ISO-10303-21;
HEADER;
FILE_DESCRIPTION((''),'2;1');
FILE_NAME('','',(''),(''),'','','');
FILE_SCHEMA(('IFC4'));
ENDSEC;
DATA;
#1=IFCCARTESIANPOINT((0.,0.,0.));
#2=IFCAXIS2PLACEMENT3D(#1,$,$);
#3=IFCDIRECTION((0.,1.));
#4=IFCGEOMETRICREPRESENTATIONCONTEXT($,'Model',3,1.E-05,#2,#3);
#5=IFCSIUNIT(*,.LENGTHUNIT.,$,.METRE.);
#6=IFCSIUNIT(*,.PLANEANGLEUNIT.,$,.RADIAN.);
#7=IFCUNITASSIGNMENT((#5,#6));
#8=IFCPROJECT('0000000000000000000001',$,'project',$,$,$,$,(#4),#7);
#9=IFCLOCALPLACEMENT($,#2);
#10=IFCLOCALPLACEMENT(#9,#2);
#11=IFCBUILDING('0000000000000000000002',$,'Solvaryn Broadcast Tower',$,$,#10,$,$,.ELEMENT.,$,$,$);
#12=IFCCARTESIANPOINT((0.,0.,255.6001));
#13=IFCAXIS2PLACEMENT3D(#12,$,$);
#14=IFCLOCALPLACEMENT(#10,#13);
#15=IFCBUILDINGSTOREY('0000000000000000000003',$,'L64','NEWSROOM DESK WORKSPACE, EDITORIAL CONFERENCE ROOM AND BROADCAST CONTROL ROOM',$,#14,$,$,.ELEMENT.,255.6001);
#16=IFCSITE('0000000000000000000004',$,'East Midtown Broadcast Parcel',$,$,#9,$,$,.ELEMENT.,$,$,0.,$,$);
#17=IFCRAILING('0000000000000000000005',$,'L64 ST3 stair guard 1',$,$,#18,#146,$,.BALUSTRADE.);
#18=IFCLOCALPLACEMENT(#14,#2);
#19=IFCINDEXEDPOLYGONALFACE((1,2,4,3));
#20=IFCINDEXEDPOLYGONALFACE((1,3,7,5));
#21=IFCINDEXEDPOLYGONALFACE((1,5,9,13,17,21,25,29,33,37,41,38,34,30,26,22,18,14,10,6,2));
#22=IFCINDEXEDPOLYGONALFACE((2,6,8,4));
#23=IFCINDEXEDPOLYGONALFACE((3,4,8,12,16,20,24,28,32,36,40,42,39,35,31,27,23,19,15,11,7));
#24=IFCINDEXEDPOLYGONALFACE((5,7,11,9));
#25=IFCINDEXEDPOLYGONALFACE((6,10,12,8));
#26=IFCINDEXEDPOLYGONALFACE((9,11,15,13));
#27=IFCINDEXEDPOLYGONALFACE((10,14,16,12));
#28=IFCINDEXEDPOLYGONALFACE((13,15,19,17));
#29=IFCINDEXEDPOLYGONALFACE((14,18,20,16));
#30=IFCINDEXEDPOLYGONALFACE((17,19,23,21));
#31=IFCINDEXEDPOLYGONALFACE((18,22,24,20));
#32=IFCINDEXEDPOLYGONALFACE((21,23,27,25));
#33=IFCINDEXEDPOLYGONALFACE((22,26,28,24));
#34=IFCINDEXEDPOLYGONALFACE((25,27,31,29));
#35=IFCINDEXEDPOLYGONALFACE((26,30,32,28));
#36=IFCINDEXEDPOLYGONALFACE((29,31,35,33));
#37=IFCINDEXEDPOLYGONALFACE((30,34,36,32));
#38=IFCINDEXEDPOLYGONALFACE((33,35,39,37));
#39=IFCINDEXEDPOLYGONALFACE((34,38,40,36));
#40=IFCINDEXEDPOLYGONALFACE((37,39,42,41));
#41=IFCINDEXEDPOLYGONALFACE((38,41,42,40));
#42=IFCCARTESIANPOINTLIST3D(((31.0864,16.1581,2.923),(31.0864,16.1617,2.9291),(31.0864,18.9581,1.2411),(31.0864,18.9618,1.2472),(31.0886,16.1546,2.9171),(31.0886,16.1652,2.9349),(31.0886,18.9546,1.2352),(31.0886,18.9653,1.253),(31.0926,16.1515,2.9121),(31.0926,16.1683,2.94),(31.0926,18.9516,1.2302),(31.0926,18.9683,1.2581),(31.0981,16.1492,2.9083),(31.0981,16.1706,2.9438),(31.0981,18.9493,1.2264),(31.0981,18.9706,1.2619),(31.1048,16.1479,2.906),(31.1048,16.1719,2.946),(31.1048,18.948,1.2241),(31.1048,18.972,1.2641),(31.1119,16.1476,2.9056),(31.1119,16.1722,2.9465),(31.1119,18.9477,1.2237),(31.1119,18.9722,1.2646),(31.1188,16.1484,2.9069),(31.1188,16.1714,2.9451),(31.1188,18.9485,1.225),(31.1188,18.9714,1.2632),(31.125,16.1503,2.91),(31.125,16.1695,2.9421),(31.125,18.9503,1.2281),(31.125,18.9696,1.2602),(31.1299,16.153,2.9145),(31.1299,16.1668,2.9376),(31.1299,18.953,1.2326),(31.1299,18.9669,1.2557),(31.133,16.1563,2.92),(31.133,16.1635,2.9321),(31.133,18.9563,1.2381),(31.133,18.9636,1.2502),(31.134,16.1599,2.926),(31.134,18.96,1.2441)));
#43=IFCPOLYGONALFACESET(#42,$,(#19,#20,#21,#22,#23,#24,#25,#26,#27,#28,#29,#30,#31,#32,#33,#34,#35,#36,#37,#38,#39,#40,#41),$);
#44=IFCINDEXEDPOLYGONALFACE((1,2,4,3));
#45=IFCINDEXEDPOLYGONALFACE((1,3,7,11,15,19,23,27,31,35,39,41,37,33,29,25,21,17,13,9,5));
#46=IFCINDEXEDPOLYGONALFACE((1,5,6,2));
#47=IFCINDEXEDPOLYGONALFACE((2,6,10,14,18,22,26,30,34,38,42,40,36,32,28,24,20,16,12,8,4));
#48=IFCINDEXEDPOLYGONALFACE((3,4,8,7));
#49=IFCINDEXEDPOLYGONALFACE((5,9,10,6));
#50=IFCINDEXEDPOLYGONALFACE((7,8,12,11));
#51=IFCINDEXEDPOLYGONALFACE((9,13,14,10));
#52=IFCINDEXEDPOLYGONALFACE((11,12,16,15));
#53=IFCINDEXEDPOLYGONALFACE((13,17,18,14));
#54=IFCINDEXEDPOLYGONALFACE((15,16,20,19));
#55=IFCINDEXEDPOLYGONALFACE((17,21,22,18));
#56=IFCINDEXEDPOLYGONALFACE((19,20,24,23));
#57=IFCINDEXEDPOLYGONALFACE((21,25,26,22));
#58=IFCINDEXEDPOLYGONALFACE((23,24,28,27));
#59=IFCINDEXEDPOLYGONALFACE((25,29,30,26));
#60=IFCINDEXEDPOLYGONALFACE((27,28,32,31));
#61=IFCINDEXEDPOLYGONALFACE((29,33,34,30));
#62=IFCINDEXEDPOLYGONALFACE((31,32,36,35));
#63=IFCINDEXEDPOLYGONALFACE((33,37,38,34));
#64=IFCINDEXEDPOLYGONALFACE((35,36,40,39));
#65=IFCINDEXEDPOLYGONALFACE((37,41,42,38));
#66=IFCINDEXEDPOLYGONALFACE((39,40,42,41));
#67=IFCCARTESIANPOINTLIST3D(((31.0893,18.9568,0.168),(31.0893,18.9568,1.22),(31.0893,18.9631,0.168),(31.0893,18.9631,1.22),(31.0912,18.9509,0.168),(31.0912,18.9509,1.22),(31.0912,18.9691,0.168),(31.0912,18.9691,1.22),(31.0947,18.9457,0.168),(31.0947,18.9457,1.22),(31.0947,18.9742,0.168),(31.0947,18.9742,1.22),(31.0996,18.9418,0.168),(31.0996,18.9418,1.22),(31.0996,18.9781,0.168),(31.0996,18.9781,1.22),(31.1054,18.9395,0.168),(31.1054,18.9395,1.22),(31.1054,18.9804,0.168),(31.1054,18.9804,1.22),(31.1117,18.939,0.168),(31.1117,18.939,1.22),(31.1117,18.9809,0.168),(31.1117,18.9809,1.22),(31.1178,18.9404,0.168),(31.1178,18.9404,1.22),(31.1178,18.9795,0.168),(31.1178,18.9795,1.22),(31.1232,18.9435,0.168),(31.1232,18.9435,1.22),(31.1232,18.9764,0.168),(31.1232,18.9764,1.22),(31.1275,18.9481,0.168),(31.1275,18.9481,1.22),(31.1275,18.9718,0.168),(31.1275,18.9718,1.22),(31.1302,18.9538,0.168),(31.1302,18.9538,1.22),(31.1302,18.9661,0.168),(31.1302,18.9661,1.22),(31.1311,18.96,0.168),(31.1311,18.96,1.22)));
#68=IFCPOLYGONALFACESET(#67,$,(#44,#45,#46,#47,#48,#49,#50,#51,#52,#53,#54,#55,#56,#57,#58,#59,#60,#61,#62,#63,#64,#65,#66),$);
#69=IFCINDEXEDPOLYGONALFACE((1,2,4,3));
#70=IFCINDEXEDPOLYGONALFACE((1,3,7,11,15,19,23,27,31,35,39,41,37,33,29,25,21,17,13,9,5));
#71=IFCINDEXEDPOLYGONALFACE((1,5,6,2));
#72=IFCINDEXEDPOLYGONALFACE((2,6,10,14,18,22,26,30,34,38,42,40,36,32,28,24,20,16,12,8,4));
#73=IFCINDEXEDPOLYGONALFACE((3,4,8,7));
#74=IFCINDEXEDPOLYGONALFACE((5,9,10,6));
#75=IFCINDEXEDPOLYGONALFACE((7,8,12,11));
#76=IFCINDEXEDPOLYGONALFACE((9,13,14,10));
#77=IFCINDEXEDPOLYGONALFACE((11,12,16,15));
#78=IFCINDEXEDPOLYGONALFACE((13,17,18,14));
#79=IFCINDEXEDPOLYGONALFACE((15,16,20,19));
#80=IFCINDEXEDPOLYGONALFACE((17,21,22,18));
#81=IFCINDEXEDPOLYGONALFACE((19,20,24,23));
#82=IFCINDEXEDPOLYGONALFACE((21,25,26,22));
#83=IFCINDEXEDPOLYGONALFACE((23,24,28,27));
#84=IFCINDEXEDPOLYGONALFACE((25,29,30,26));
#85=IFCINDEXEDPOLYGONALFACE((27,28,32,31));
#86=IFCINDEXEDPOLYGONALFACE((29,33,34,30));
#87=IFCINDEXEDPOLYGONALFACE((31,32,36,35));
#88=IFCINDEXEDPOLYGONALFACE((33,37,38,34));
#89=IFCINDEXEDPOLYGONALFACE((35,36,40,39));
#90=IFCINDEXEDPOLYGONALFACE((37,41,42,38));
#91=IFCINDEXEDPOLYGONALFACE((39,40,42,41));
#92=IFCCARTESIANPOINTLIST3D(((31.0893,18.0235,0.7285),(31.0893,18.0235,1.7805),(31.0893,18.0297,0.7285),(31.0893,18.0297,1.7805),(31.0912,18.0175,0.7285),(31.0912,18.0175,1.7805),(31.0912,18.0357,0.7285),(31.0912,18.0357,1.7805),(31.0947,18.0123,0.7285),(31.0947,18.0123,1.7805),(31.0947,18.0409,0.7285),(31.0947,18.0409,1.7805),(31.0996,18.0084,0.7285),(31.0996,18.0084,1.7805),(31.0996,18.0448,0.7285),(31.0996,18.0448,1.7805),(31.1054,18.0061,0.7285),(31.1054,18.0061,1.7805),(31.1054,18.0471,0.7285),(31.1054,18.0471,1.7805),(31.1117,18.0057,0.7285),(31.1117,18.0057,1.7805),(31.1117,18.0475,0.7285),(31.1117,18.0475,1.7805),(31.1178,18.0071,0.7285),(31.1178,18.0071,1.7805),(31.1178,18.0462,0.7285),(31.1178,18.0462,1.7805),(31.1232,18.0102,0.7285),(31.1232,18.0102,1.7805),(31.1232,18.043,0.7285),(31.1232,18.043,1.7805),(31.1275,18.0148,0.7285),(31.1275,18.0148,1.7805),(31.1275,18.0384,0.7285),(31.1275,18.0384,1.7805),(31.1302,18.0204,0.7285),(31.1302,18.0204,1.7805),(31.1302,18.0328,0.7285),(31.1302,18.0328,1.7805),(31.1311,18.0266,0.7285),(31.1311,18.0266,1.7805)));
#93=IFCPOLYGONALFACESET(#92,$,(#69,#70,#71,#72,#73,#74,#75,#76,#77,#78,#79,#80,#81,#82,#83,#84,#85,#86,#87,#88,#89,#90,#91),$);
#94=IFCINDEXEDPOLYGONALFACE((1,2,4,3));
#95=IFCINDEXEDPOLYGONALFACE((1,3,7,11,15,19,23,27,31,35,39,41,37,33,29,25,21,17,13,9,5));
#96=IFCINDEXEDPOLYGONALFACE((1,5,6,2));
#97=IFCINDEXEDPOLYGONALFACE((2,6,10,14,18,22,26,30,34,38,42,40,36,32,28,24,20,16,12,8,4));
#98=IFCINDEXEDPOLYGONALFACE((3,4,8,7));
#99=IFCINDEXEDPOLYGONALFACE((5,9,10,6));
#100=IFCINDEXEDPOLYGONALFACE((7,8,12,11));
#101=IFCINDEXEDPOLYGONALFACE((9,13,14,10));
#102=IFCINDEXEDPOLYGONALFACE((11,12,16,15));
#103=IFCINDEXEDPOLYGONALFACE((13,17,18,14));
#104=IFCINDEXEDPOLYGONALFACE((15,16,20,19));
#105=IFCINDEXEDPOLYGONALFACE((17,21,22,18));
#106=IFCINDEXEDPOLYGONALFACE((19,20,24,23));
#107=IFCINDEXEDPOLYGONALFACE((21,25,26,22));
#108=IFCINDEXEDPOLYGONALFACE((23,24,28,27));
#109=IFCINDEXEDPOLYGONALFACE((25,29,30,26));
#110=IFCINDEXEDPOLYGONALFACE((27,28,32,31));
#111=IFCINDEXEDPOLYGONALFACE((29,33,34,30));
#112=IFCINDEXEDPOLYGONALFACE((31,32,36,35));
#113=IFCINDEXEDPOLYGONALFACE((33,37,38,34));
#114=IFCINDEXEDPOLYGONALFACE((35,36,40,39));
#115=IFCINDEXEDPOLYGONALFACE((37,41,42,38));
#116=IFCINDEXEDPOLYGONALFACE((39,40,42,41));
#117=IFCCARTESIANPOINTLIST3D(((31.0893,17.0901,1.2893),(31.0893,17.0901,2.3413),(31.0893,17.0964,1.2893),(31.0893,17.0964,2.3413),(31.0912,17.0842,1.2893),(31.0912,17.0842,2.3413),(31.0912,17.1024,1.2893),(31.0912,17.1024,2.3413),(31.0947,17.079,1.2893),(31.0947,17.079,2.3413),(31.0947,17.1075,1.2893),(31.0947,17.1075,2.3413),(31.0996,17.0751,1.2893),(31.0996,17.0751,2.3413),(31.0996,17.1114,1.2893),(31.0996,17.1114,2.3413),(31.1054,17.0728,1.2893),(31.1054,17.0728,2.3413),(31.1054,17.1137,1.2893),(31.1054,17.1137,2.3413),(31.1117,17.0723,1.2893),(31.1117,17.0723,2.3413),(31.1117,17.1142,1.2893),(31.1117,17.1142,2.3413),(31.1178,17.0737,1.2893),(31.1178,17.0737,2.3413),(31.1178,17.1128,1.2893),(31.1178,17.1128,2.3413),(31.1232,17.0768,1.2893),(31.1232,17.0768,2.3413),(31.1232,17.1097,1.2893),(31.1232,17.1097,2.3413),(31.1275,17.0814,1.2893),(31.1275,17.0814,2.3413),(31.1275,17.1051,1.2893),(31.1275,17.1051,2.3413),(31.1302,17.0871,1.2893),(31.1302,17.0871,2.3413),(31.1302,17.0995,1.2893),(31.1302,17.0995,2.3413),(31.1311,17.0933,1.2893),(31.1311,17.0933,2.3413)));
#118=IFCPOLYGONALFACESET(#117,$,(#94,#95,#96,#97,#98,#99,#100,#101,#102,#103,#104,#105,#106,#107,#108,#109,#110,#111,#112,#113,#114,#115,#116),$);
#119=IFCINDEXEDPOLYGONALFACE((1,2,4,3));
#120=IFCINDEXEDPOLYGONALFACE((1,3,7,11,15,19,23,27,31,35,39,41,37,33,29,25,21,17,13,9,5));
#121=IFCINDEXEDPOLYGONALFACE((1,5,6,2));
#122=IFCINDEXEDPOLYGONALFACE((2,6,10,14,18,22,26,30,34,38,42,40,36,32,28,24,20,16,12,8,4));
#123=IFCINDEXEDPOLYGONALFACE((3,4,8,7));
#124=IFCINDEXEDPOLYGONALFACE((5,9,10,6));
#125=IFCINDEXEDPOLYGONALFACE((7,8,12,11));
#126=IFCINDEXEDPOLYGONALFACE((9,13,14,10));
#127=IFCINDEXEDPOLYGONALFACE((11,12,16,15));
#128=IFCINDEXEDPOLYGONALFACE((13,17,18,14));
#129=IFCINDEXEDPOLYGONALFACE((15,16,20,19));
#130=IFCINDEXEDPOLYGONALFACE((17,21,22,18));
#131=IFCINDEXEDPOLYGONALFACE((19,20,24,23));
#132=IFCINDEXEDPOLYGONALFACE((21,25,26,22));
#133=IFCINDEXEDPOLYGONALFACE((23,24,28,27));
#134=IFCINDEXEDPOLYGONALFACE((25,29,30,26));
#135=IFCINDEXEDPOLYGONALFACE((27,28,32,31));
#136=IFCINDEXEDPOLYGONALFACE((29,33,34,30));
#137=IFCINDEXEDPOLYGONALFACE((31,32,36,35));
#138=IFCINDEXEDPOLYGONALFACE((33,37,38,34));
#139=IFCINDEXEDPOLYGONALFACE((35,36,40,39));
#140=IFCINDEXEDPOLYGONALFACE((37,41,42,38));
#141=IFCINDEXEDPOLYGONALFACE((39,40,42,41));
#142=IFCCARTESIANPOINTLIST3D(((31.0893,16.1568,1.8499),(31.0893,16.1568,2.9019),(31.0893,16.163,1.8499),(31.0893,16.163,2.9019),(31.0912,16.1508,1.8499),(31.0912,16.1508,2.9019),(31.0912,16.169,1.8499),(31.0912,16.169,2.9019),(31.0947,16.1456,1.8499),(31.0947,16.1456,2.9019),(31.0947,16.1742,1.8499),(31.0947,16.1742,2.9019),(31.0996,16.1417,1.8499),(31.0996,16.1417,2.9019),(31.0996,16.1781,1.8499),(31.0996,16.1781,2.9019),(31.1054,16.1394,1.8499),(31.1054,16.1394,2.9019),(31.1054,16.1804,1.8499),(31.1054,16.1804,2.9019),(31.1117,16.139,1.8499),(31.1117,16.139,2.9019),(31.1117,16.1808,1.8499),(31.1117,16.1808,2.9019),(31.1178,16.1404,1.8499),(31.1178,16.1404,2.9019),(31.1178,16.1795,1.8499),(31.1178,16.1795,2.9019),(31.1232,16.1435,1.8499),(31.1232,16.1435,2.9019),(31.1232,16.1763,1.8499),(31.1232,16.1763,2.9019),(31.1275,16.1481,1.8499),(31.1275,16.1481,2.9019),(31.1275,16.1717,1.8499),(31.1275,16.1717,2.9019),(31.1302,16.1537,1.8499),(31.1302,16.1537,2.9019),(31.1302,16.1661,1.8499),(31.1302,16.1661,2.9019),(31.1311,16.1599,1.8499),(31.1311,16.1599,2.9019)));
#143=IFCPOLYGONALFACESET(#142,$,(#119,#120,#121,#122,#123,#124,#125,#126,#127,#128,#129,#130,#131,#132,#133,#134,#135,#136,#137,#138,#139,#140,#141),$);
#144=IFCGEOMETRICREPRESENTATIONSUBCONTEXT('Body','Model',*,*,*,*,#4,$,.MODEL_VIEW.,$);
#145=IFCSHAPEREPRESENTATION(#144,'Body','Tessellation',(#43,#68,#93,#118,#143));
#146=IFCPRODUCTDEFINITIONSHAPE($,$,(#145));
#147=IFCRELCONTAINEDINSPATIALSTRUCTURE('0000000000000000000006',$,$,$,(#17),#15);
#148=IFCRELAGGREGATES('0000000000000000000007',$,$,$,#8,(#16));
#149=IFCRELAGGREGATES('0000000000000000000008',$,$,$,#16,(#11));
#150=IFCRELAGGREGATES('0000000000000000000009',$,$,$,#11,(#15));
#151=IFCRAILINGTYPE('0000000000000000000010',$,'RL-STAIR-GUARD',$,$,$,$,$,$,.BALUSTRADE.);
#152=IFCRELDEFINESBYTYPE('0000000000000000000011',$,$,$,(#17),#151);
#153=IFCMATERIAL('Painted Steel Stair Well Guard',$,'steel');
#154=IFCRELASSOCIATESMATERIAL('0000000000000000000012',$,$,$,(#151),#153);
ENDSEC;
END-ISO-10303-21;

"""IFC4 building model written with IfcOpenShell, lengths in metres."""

from ifc_helpers import new_model, si_unit, direction, frame, origin, origin_2d, place, context, subcontext, project, spatial, circle, extrude, material, type_object, element, save


model = new_model("IFC4")

# Units and contexts
model_context = context("Model", 3, precision=1e-05, world=origin(), true_north=direction((0.0, 1.0)))
body_context = subcontext(model_context, "Body", "Model", "MODEL_VIEW")
ifc_project = project(units=[si_unit("LENGTHUNIT", "METRE"), si_unit("PLANEANGLEUNIT", "RADIAN")], contexts=[model_context])

# Site, building, storey
site_placement = place(None, origin())
site = spatial("IfcSite", under=ifc_project, at=site_placement, Name="East Midtown Broadcast Parcel", CompositionType="ELEMENT", RefElevation=0.0)
building_placement = place(site_placement, origin())
building = spatial("IfcBuilding", under=site, at=building_placement, Name="Solvaryn Broadcast Tower", CompositionType="ELEMENT")
storey_placement = place(building_placement, frame((0.0, 0.0, 255.6001)))
storey = spatial("IfcBuildingStorey", under=building, at=storey_placement, Name="L64", Description="NEWSROOM DESK WORKSPACE, EDITORIAL CONFERENCE ROOM AND BROADCAST CONTROL ROOM", CompositionType="ELEMENT", Elevation=255.6001)

# Railing
ifc_material_1 = material(Name="Painted Steel Stair Well Guard", Category="steel")
railing_type_1 = type_object("IfcRailingType", Name="RL-STAIR-GUARD", PredefinedType="BALUSTRADE", material=ifc_material_1)
railing_1_placement = place(storey_placement, frame((31.1101, 18.96, 0.168)))
element("IfcRailing", 1, at=railing_1_placement, inside=storey, type_object=railing_type_1, Name="L64 ST3 stair guard 1", PredefinedType="BALUSTRADE", context=body_context, shape_type="SweptSolid", body=[
    extrude(circle(Radius=0.0239, at=origin_2d()), frame((0.0, 0.0, 1.0762), z_axis=(0.0, -0.857242, 0.514913), x_axis=(1.0, 0.0, 0.0)), (0.0, 0.0, 1.0), 3.2664),
    extrude(circle(Radius=0.021, at=origin_2d()), origin(), (0.0, 0.0, 1.0), 1.052),
    extrude(circle(Radius=0.021, at=origin_2d()), frame((0.0, -0.9333, 0.5605)), (0.0, 0.0, 1.0), 1.052),
    extrude(circle(Radius=0.021, at=origin_2d()), frame((0.0, -1.8667, 1.1213)), (0.0, 0.0, 1.0), 1.052),
    extrude(circle(Radius=0.021, at=origin_2d()), frame((0.0, -2.8, 1.6819)), (0.0, 0.0, 1.0), 1.052),
])

save(model, "model.ifc")
